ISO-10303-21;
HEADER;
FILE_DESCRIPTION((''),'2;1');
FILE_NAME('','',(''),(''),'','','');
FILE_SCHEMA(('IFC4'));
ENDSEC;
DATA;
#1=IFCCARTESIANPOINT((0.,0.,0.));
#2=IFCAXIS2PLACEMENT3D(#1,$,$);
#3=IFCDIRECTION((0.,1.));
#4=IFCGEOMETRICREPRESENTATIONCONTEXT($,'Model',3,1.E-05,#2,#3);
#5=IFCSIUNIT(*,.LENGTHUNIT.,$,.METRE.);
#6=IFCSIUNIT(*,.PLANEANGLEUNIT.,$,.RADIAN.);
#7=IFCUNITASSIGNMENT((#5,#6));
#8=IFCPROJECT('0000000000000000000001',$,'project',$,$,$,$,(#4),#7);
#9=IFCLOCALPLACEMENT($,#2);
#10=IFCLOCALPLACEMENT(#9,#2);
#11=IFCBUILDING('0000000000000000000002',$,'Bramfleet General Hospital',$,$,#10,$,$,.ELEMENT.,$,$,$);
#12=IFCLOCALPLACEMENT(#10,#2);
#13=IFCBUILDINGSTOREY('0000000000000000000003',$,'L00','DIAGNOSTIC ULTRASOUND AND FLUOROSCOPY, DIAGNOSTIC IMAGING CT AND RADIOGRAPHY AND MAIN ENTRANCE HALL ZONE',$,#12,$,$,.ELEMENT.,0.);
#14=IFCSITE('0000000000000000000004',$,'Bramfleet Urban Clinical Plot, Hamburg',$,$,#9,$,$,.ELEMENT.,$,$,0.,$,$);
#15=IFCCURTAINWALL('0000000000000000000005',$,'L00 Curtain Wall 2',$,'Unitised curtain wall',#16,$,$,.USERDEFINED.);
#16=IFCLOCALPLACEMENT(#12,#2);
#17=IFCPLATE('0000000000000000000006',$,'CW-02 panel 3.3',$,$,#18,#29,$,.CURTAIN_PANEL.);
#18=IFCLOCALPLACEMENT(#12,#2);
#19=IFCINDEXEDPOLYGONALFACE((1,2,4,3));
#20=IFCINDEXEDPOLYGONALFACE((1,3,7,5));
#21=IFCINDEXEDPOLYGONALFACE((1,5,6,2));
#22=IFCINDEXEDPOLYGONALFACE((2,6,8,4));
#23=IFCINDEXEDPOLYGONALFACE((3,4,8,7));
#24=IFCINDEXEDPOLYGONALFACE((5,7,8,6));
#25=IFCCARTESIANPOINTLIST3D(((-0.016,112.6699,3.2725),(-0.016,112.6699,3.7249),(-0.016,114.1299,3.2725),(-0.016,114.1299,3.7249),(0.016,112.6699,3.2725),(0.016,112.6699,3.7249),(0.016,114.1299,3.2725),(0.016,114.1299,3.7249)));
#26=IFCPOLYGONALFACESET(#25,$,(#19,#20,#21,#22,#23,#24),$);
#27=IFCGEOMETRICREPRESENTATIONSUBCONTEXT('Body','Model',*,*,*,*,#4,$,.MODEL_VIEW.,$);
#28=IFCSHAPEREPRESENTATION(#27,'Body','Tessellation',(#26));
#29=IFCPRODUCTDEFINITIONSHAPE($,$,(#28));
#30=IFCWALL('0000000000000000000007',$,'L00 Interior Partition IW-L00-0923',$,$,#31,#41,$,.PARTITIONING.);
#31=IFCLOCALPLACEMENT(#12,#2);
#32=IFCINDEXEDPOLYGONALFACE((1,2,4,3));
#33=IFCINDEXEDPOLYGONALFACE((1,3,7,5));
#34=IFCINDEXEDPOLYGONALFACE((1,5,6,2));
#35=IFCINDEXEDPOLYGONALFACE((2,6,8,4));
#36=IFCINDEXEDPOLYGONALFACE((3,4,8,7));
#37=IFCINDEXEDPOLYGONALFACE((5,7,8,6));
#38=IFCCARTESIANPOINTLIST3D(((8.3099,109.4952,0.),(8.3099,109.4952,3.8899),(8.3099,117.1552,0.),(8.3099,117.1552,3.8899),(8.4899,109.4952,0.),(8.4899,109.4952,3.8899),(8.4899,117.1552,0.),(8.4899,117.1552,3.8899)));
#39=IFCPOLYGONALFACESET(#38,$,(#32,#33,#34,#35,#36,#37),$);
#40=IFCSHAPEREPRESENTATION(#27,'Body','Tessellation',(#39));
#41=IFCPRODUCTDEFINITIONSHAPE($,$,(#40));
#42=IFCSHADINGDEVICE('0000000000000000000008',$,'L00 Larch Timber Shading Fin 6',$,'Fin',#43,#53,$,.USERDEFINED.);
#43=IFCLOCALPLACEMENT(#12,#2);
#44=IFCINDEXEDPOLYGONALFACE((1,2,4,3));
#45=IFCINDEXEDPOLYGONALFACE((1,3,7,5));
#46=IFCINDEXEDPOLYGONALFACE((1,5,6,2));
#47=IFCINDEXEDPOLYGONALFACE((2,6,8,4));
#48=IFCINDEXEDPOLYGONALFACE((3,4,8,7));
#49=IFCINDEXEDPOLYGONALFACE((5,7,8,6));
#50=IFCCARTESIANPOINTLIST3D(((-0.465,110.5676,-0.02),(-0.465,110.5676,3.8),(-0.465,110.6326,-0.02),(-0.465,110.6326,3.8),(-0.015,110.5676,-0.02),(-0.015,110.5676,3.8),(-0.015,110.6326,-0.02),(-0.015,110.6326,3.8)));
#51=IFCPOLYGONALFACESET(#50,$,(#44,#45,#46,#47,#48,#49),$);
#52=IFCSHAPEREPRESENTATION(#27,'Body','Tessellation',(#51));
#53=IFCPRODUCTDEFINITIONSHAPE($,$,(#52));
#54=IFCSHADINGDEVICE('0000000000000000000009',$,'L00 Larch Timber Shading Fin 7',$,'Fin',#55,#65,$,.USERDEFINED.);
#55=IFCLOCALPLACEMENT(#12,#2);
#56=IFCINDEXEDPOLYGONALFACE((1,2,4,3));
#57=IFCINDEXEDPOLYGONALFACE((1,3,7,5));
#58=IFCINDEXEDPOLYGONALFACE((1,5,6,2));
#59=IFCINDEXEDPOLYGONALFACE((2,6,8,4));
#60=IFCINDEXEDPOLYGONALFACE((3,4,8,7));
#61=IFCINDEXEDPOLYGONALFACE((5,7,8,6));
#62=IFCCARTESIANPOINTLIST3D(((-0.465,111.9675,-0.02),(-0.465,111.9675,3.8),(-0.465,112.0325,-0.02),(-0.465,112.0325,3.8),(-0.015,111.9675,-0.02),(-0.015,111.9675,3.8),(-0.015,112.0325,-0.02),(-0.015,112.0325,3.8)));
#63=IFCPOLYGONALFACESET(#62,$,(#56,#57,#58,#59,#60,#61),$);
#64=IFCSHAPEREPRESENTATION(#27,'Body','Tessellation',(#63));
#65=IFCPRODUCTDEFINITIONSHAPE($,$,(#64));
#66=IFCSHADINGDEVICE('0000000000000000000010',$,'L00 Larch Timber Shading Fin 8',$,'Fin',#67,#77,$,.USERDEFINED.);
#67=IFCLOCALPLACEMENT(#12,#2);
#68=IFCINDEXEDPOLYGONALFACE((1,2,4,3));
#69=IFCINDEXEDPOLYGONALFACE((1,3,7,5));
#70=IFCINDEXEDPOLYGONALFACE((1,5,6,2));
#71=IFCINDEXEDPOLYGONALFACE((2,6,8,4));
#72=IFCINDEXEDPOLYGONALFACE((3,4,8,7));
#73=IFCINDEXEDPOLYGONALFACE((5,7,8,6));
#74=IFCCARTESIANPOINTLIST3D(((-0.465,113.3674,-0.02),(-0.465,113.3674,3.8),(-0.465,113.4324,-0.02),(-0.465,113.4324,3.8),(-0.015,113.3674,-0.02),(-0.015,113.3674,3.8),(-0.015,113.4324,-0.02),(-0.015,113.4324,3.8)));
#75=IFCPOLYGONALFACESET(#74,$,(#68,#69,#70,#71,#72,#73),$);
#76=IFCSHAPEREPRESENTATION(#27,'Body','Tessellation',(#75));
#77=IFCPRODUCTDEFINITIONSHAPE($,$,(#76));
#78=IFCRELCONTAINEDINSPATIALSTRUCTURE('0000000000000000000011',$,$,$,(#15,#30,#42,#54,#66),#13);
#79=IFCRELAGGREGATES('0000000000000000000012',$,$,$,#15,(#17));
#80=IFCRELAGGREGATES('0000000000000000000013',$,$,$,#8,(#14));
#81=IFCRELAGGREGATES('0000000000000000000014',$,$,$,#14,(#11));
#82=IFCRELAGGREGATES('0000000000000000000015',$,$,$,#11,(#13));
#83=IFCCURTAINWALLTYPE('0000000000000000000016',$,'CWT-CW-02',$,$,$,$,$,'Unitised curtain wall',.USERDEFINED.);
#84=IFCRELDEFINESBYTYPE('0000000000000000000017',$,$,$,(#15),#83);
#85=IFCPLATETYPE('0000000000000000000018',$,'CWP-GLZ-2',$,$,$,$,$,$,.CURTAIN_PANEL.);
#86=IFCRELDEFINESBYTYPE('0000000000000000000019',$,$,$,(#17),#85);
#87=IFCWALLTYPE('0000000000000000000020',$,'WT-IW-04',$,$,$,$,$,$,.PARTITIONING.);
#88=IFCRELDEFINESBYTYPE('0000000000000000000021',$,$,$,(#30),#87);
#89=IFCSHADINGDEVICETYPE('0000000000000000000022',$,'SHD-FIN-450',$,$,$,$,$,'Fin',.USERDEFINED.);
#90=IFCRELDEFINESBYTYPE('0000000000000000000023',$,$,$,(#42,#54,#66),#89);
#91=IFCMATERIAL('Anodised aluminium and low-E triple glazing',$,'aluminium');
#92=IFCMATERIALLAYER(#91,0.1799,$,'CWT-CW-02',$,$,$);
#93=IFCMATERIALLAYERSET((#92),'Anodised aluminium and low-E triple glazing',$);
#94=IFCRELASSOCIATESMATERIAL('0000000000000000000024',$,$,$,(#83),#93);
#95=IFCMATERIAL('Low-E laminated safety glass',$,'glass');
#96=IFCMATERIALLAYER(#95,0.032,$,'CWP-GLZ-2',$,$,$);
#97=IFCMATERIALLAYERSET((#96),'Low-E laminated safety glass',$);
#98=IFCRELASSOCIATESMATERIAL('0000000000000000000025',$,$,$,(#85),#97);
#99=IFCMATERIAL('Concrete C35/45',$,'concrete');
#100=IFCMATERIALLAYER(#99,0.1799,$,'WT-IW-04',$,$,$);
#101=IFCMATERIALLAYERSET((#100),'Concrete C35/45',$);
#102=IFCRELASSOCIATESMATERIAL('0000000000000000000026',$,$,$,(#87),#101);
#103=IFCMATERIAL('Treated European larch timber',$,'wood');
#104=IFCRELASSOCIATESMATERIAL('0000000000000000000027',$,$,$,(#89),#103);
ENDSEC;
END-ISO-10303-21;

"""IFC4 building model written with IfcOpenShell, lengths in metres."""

from ifc_helpers import new_model, si_unit, direction, frame, frame_2d, origin, origin_2d, place, context, subcontext, project, spatial, rectangle, extrude, material, layer, layer_set, material_profile, profile_set, type_object, element, aggregate, save


model = new_model("IFC4")

# Units and contexts
model_context = context("Model", 3, precision=1e-05, world=origin(), true_north=direction((0.0, 1.0)))
body_context = subcontext(model_context, "Body", "Model", "MODEL_VIEW")
ifc_project = project(units=[si_unit("LENGTHUNIT", "METRE"), si_unit("PLANEANGLEUNIT", "RADIAN")], contexts=[model_context])

# Site, building, storey
site_placement = place(None, origin())
site = spatial("IfcSite", under=ifc_project, at=site_placement, Name="Bramfleet Urban Clinical Plot, Hamburg", CompositionType="ELEMENT", RefElevation=0.0)
building_placement = place(site_placement, origin())
building = spatial("IfcBuilding", under=site, at=building_placement, Name="Bramfleet General Hospital", CompositionType="ELEMENT")
storey_placement = place(building_placement, origin())
storey = spatial("IfcBuildingStorey", under=building, at=storey_placement, Name="L00", Description="DIAGNOSTIC ULTRASOUND AND FLUOROSCOPY, DIAGNOSTIC IMAGING CT AND RADIOGRAPHY AND MAIN ENTRANCE HALL ZONE", CompositionType="ELEMENT", Elevation=0.0)

# Shared definitions
ifc_material_1 = material(Name="Concrete C35/45", Category="concrete")

# Curtain wall, plate
ifc_material_2 = material(Name="Anodised aluminium and low-E triple glazing", Category="aluminium")
ifc_layer_1 = layer(ifc_material_2, 0.1799, Name="CWT-CW-02")
ifc_layer_set_1 = layer_set([ifc_layer_1], Name="Anodised aluminium and low-E triple glazing")
curtain_wall_type = type_object("IfcCurtainWallType", Name="CWT-CW-02", ElementType="Unitised curtain wall", PredefinedType="USERDEFINED", material=ifc_layer_set_1)
curtain_wall_placement = place(storey_placement, origin())
curtain_wall = element("IfcCurtainWall", 1, at=curtain_wall_placement, inside=storey, type_object=curtain_wall_type, Name="L00 Curtain Wall 2", ObjectType="Unitised curtain wall", PredefinedType="USERDEFINED")
ifc_material_3 = material(Name="Low-E laminated safety glass", Category="glass")
ifc_layer_2 = layer(ifc_material_3, 0.032, Name="CWP-GLZ-2")
ifc_layer_set_2 = layer_set([ifc_layer_2], Name="Low-E laminated safety glass")
plate_type = type_object("IfcPlateType", Name="CWP-GLZ-2", PredefinedType="CURTAIN_PANEL", material=ifc_layer_set_2)
plate_1_placement = place(storey_placement, frame((0.0, 113.3999, 3.2725), z_axis=(0.0, 0.0, 1.0), x_axis=(0.0, 1.0, 0.0)))
plate_1 = element("IfcPlate", 2, at=plate_1_placement, type_object=plate_type, Name="CW-02 panel 3.3", PredefinedType="CURTAIN_PANEL", context=body_context, shape_type="SweptSolid", body=[
    extrude(rectangle(XDim=1.46, YDim=0.032, at=origin_2d()), origin(), (0.0, 0.0, 1.0), 0.4524),
])
aggregate(curtain_wall, [plate_1])

# Wall
ifc_layer_3 = layer(ifc_material_1, 0.1799, Name="WT-IW-04")
ifc_layer_set_3 = layer_set([ifc_layer_3], Name="Concrete C35/45")
wall_type = type_object("IfcWallType", Name="WT-IW-04", PredefinedType="PARTITIONING", material=ifc_layer_set_3)
wall_placement = place(storey_placement, frame((8.3999, 109.4951, 0.0), z_axis=(0.0, 0.0, 1.0), x_axis=(0.0, 1.0, 0.0)))
element("IfcWall", 3, at=wall_placement, inside=storey, type_object=wall_type, Name="L00 Interior Partition IW-L00-0923", PredefinedType="PARTITIONING", context=body_context, shape_type="SweptSolid", body=[
    extrude(rectangle(XDim=7.6599, YDim=0.1799, at=frame_2d((3.8301, 0.0))), origin(), (0.0, 0.0, 1.0), 3.8899),
])

# Shading devices
ifc_material_4 = material(Name="Treated European larch timber", Category="wood")
ifc_material_profile_1 = material_profile(ifc_material_4, rectangle(XDim=0.0649, YDim=0.45, at=origin_2d()), Name="LARCH FIN 450x65")
ifc_profile_set_1 = profile_set([ifc_material_profile_1], Name="Treated European larch timber")
shading_device_type = type_object("IfcShadingDeviceType", Name="SHD-FIN-450", ElementType="Fin", PredefinedType="USERDEFINED", material=ifc_profile_set_1)
for number, where, z_axis, x_axis, name in (
    (4, (-0.24, 110.6001, -0.02), (0.0, 0.0, 1.0), (0.0, 1.0, 0.0), "L00 Larch Timber Shading Fin 6"),
    (5, (-0.24, 112.0, -0.02), (0.0, 0.0, 1.0), (0.0, 1.0, 0.0), "L00 Larch Timber Shading Fin 7"),
    (6, (-0.24, 113.3999, -0.02), (0.0, 0.0, 1.0), (0.0, 1.0, 0.0), "L00 Larch Timber Shading Fin 8"),
):
    element("IfcShadingDevice", number, at=place(storey_placement, frame(where, z_axis=z_axis, x_axis=x_axis)), inside=storey, type_object=shading_device_type, Name=name, ObjectType="Fin", PredefinedType="USERDEFINED", context=body_context, shape_type="SweptSolid", body=[
        extrude(rectangle(XDim=0.0649, YDim=0.45, at=origin_2d()), origin(), (0.0, 0.0, 1.0), 3.8201),
    ])

save(model, "model.ifc")
